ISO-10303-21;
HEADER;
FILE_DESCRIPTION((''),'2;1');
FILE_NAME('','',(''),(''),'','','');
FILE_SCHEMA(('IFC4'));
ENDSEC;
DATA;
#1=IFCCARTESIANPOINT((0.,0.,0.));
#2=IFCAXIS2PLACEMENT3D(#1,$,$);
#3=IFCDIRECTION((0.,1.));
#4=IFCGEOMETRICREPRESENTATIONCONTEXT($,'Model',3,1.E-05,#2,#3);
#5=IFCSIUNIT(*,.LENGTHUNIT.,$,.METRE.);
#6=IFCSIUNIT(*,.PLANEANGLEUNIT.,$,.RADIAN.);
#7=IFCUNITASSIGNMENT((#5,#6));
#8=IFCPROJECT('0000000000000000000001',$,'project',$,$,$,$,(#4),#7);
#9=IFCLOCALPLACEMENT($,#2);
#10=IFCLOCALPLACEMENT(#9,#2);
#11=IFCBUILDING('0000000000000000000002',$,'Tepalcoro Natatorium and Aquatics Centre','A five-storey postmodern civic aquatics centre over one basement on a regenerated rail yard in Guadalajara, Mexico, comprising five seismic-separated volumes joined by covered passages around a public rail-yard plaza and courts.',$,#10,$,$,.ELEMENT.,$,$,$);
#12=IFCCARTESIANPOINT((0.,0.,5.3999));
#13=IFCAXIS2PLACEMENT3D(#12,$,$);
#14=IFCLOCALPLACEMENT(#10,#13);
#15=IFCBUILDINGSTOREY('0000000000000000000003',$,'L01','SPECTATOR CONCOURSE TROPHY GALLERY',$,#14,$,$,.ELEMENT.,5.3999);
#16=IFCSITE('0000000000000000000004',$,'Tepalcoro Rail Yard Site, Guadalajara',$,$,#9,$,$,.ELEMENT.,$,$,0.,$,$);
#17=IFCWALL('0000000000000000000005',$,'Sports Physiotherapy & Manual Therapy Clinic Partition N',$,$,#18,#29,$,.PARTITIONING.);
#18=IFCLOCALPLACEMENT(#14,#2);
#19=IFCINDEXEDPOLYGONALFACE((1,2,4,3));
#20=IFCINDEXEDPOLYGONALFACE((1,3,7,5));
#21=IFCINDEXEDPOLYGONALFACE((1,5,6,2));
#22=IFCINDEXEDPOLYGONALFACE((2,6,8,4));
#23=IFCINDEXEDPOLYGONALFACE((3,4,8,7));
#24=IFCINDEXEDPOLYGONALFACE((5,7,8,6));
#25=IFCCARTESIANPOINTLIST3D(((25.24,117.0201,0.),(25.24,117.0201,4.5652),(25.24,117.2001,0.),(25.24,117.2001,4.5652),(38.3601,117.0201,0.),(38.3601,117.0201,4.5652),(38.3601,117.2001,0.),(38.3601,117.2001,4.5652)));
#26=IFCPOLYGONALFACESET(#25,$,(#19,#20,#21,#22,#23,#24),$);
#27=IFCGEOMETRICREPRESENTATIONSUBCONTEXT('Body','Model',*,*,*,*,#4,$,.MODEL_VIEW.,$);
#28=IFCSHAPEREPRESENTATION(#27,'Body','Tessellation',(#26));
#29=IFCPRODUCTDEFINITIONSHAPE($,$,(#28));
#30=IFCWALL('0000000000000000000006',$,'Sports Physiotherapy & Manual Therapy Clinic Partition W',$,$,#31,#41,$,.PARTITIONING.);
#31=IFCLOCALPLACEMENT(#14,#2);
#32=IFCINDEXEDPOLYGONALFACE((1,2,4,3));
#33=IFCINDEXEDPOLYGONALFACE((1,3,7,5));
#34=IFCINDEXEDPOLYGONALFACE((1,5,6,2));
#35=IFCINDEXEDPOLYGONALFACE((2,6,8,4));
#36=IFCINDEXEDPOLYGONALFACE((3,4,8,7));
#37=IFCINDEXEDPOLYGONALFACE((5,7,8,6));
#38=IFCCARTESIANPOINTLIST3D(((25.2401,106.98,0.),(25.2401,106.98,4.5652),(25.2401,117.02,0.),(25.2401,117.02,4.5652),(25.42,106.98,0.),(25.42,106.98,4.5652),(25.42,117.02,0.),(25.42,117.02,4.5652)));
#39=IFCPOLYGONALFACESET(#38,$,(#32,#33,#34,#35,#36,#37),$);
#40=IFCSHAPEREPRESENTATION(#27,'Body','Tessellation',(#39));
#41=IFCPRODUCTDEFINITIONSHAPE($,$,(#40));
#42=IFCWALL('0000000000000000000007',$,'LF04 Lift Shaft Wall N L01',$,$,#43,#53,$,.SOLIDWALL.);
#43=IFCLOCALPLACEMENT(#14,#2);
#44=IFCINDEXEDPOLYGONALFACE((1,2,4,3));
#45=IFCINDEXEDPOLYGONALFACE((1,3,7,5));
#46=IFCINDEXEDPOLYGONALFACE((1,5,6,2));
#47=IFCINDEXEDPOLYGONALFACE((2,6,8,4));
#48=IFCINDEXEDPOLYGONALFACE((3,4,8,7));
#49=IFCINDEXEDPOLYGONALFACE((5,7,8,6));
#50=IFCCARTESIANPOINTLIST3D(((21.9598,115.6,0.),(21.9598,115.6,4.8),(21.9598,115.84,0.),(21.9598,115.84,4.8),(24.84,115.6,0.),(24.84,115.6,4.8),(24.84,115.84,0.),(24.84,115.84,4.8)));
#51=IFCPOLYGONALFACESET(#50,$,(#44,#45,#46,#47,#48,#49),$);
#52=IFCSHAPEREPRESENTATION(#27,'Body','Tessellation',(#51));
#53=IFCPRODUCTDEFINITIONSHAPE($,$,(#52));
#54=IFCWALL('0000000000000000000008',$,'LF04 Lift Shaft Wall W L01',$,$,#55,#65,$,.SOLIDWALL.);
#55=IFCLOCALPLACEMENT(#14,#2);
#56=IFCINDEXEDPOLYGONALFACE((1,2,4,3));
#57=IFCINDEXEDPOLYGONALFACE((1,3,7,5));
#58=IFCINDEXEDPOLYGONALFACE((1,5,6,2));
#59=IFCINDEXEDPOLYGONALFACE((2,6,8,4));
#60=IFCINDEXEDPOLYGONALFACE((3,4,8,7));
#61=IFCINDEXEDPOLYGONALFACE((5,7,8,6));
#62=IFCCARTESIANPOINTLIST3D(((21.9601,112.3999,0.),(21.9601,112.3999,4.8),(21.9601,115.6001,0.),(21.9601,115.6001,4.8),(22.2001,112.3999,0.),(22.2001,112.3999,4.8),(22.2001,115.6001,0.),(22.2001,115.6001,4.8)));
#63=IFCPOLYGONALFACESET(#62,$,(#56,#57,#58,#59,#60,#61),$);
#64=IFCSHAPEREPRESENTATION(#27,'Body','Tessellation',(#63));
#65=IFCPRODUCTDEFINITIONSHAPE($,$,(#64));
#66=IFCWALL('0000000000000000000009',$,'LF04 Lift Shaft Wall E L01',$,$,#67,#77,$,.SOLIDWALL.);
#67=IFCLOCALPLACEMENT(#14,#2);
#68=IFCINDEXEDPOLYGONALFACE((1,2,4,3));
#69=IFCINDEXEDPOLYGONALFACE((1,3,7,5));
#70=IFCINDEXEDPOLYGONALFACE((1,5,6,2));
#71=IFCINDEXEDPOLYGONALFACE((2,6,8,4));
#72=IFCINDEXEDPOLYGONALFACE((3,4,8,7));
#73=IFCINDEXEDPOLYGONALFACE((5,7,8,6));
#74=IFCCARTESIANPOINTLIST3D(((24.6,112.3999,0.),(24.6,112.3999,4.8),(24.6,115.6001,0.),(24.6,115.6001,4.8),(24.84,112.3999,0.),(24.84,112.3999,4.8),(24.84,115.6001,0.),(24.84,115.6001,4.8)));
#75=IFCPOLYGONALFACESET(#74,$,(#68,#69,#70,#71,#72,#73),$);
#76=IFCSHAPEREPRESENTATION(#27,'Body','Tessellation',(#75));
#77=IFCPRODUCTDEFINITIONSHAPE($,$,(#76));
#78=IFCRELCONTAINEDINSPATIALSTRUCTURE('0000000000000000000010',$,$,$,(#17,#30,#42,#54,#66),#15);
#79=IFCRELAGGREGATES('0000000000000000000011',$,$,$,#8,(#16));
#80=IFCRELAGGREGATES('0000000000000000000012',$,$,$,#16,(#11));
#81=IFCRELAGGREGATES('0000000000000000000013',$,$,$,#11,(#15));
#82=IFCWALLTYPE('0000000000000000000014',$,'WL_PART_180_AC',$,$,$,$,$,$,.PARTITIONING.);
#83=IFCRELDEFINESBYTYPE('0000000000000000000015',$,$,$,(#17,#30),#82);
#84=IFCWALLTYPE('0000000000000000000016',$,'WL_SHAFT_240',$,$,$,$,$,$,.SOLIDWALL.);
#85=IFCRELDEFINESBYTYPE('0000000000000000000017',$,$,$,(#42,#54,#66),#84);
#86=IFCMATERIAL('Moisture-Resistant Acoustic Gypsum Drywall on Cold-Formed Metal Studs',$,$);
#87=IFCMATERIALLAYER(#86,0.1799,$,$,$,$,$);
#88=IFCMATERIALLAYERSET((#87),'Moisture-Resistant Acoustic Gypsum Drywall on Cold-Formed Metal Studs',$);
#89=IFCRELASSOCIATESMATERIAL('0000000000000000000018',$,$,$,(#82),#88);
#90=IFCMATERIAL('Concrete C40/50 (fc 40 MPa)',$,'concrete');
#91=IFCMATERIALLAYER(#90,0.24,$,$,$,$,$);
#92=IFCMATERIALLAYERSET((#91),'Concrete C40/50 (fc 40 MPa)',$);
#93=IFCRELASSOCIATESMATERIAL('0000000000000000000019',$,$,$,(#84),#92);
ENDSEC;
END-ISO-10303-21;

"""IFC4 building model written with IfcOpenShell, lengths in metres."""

from ifc_helpers import new_model, si_unit, direction, frame, frame_2d, origin, place, context, subcontext, project, spatial, rectangle, extrude, material, layer, layer_set, type_object, element, save


model = new_model("IFC4")

# Units and contexts
model_context = context("Model", 3, precision=1e-05, world=origin(), true_north=direction((0.0, 1.0)))
body_context = subcontext(model_context, "Body", "Model", "MODEL_VIEW")
ifc_project = project(units=[si_unit("LENGTHUNIT", "METRE"), si_unit("PLANEANGLEUNIT", "RADIAN")], contexts=[model_context])

# Site, building, storey
site_placement = place(None, origin())
site = spatial("IfcSite", under=ifc_project, at=site_placement, Name="Tepalcoro Rail Yard Site, Guadalajara", CompositionType="ELEMENT", RefElevation=0.0)
building_placement = place(site_placement, origin())
building = spatial("IfcBuilding", under=site, at=building_placement, Name="Tepalcoro Natatorium and Aquatics Centre", Description="A five-storey postmodern civic aquatics centre over one basement on a regenerated rail yard in Guadalajara, Mexico, comprising five seismic-separated volumes joined by covered passages around a public rail-yard plaza and courts.", CompositionType="ELEMENT")
storey_placement = place(building_placement, frame((0.0, 0.0, 5.3999)))
storey = spatial("IfcBuildingStorey", under=building, at=storey_placement, Name="L01", Description="SPECTATOR CONCOURSE TROPHY GALLERY", CompositionType="ELEMENT", Elevation=5.3999)

# Shared definitions
ifc_material_1 = material(Name="Concrete C40/50 (fc 40 MPa)", Category="concrete")

# Walls
ifc_material_2 = material(Name="Moisture-Resistant Acoustic Gypsum Drywall on Cold-Formed Metal Studs")
ifc_layer_1 = layer(ifc_material_2, 0.1799)
ifc_layer_set_1 = layer_set([ifc_layer_1], Name="Moisture-Resistant Acoustic Gypsum Drywall on Cold-Formed Metal Studs")
wall_type_1 = type_object("IfcWallType", Name="WL_PART_180_AC", PredefinedType="PARTITIONING", material=ifc_layer_set_1)
wall_1_placement = place(storey_placement, frame((25.24, 117.1101, 0.0), z_axis=(0.0, 0.0, 1.0), x_axis=(1.0, 0.0, 0.0)))
element("IfcWall", 1, at=wall_1_placement, inside=storey, type_object=wall_type_1, Name="Sports Physiotherapy & Manual Therapy Clinic Partition N", PredefinedType="PARTITIONING", context=body_context, shape_type="SweptSolid", body=[
    extrude(rectangle(XDim=13.1201, YDim=0.1799, at=frame_2d((6.5601, 0.0))), origin(), (0.0, 0.0, 1.0), 4.5652),
])
wall_2_placement = place(storey_placement, frame((25.3301, 106.98, 0.0), z_axis=(0.0, 0.0, 1.0), x_axis=(0.0, 1.0, 0.0)))
element("IfcWall", 2, at=wall_2_placement, inside=storey, type_object=wall_type_1, Name="Sports Physiotherapy & Manual Therapy Clinic Partition W", PredefinedType="PARTITIONING", context=body_context, shape_type="SweptSolid", body=[
    extrude(rectangle(XDim=10.04, YDim=0.1799, at=frame_2d((5.02, 0.0))), origin(), (0.0, 0.0, 1.0), 4.5652),
])

# Shared definitions
ifc_layer_2 = layer(ifc_material_1, 0.24)
ifc_layer_set_2 = layer_set([ifc_layer_2], Name="Concrete C40/50 (fc 40 MPa)")
wall_type_2 = type_object("IfcWallType", Name="WL_SHAFT_240", PredefinedType="SOLIDWALL", material=ifc_layer_set_2)

# Walls
wall_3_placement = place(storey_placement, frame((21.96, 115.72, 0.0), z_axis=(0.0, 0.0, 1.0), x_axis=(1.0, 0.0, 0.0)))
element("IfcWall", 3, at=wall_3_placement, inside=storey, type_object=wall_type_2, Name="LF04 Lift Shaft Wall N L01", PredefinedType="SOLIDWALL", context=body_context, shape_type="SweptSolid", body=[
    extrude(rectangle(XDim=2.8801, YDim=0.24, at=frame_2d((1.4399, 0.0))), origin(), (0.0, 0.0, 1.0), 4.8),
])
for number, where, z_axis, x_axis, name in (
    (4, (22.0801, 112.3999, 0.0), (0.0, 0.0, 1.0), (0.0, 1.0, 0.0), "LF04 Lift Shaft Wall W L01"),
    (5, (24.72, 112.3999, 0.0), (0.0, 0.0, 1.0), (0.0, 1.0, 0.0), "LF04 Lift Shaft Wall E L01"),
):
    element("IfcWall", number, at=place(storey_placement, frame(where, z_axis=z_axis, x_axis=x_axis)), inside=storey, type_object=wall_type_2, Name=name, PredefinedType="SOLIDWALL", context=body_context, shape_type="SweptSolid", body=[
        extrude(rectangle(XDim=3.2002, YDim=0.24, at=frame_2d((1.6001, 0.0))), origin(), (0.0, 0.0, 1.0), 4.8),
    ])

save(model, "model.ifc")
